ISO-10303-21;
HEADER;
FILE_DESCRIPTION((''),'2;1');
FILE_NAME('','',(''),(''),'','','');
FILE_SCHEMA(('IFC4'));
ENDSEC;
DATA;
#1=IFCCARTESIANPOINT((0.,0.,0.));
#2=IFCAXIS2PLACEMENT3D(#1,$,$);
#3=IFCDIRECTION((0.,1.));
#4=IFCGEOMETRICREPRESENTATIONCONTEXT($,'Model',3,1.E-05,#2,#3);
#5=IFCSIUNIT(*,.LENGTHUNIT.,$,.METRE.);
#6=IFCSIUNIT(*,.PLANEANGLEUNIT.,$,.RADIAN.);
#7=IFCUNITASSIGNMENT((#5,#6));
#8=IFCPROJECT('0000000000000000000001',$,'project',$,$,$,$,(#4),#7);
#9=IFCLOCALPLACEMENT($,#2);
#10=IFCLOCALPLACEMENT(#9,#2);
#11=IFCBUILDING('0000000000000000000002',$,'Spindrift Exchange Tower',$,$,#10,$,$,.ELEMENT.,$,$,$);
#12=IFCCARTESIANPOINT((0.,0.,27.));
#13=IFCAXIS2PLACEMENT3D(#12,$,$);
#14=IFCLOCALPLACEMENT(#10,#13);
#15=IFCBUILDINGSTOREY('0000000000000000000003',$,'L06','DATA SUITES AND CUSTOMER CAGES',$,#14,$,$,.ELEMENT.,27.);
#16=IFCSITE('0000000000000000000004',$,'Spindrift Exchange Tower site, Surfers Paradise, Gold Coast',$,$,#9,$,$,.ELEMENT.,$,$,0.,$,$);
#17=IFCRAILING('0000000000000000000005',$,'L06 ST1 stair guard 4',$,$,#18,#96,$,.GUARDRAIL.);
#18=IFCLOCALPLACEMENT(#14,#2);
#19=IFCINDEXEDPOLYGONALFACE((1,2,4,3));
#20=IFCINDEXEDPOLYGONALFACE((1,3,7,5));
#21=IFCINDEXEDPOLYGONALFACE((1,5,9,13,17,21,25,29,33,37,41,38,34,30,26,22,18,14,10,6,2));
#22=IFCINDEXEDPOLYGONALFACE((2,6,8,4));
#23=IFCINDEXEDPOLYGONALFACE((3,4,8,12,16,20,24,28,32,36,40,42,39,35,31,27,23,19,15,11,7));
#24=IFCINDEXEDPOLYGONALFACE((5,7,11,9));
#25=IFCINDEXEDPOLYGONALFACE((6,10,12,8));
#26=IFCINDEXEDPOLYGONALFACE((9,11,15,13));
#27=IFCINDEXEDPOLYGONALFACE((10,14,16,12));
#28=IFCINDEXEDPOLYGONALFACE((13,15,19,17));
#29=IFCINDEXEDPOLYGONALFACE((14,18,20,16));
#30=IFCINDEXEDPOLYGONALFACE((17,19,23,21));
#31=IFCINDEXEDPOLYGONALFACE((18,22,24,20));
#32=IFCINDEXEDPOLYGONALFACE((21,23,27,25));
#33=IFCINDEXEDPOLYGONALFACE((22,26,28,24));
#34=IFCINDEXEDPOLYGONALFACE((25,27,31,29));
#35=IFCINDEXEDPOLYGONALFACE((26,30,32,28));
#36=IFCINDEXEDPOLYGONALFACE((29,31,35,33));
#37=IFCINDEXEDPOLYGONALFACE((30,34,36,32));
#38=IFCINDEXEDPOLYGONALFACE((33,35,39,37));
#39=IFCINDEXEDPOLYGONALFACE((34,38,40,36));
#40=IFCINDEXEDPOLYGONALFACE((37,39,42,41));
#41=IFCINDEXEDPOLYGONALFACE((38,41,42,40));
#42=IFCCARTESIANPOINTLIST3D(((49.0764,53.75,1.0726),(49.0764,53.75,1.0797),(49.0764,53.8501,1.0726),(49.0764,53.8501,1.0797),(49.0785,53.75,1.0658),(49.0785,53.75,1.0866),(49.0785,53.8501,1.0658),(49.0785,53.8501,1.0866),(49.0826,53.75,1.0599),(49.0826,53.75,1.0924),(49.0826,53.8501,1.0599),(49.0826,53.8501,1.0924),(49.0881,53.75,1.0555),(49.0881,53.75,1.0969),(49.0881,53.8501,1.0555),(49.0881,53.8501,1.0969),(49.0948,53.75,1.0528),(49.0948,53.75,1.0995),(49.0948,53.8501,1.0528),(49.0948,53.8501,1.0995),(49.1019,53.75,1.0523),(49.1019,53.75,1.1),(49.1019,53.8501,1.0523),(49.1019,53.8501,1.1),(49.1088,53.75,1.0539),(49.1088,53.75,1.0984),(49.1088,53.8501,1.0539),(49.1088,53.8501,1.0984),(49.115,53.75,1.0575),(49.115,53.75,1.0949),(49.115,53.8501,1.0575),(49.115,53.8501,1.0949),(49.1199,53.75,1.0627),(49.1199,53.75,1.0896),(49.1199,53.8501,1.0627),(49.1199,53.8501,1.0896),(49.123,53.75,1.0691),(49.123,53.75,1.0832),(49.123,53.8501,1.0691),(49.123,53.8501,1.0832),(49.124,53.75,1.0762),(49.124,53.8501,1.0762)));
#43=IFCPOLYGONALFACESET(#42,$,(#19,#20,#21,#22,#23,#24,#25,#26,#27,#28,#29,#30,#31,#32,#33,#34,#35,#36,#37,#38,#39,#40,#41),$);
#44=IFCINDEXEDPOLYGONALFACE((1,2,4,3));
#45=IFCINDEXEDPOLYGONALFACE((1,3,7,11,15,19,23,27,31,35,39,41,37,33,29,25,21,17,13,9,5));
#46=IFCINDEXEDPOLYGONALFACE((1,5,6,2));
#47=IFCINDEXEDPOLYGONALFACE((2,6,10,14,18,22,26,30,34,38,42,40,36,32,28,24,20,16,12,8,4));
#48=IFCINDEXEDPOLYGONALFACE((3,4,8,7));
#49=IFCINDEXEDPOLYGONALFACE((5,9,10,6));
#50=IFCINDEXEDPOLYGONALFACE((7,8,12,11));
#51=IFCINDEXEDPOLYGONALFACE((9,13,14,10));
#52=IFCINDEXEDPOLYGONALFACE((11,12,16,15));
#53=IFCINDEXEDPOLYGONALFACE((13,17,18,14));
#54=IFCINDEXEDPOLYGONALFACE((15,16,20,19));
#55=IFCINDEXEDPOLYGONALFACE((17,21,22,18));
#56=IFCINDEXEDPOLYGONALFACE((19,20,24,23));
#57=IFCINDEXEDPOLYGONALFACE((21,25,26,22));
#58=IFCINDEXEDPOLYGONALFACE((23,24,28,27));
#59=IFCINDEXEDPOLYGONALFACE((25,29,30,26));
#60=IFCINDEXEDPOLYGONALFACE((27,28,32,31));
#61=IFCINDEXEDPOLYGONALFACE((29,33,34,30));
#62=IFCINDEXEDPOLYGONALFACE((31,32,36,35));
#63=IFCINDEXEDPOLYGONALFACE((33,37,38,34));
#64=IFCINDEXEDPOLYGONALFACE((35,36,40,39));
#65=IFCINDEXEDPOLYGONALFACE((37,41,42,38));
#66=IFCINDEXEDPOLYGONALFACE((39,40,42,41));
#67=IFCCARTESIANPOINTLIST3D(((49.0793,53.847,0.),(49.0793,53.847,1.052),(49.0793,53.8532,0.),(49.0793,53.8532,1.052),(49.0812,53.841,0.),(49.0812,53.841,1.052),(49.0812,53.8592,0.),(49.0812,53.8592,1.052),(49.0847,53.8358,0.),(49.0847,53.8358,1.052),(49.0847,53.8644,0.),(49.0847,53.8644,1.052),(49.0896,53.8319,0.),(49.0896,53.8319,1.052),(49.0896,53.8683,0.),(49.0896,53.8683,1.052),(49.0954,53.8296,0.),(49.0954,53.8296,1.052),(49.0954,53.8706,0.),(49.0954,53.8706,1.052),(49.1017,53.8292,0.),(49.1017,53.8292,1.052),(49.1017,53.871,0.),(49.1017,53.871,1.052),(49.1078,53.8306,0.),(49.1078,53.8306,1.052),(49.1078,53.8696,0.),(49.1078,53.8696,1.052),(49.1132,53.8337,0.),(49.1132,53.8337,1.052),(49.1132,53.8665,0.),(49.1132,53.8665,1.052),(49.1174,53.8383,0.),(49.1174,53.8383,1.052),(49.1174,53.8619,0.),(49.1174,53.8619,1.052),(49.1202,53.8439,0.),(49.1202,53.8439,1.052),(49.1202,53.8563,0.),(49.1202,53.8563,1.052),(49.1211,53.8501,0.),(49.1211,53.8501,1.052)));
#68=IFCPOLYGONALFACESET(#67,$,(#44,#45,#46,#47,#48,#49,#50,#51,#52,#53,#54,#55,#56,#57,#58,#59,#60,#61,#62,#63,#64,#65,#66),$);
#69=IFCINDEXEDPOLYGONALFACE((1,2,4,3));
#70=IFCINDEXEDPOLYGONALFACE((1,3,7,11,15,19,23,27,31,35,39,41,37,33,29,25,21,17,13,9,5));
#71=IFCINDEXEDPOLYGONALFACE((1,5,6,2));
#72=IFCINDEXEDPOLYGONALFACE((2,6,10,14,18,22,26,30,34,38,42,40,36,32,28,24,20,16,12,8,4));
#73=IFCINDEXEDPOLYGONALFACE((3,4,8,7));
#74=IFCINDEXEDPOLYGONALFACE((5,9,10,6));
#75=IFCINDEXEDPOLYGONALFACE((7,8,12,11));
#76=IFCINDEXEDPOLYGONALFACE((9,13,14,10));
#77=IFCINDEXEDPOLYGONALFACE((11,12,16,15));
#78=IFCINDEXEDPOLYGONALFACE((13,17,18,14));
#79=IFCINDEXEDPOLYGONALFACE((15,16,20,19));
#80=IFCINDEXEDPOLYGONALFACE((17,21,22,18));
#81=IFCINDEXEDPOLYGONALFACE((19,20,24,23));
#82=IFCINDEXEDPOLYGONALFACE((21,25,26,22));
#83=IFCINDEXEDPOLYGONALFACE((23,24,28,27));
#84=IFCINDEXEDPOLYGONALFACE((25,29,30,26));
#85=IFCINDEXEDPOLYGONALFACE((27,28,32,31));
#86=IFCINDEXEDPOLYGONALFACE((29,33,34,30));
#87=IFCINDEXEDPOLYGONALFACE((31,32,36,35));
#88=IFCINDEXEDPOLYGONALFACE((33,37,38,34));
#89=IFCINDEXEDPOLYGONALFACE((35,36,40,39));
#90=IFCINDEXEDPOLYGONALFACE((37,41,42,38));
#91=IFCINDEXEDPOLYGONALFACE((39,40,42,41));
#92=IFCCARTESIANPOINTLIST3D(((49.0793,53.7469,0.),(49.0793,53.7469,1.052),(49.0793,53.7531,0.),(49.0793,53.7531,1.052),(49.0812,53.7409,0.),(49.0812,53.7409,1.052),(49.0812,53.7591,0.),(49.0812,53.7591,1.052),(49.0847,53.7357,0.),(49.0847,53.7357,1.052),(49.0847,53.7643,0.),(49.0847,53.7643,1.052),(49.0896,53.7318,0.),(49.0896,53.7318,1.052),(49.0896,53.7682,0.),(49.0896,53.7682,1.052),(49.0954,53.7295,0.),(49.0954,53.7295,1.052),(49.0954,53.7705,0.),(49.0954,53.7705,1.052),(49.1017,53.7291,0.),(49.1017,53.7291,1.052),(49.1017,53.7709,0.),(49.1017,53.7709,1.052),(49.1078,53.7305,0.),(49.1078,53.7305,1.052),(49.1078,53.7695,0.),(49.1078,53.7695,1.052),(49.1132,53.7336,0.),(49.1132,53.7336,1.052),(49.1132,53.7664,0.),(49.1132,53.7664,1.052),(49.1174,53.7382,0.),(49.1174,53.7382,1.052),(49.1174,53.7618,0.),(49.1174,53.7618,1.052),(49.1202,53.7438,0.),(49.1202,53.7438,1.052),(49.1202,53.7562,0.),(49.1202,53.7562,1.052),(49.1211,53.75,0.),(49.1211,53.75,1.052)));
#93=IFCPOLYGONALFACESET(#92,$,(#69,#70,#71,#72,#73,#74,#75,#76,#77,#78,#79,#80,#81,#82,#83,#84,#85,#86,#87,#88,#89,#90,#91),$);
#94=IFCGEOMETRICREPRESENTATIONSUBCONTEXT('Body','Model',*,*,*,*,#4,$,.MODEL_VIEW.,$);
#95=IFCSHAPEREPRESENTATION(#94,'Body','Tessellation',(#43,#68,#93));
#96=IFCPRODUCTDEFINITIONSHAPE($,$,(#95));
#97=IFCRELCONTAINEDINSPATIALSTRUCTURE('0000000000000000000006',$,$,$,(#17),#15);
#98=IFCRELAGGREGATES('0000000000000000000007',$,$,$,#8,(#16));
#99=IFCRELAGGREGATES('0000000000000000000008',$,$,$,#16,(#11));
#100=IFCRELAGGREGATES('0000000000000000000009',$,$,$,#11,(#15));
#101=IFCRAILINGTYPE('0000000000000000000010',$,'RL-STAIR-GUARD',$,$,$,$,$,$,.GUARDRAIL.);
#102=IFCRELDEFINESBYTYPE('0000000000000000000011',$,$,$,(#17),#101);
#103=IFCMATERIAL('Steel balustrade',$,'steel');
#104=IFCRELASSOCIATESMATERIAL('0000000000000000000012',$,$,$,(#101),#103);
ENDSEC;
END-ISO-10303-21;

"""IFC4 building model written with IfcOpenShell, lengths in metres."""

from ifc_helpers import new_model, si_unit, direction, frame, origin, origin_2d, place, context, subcontext, project, spatial, circle, extrude, material, type_object, element, save


model = new_model("IFC4")

# Units and contexts
model_context = context("Model", 3, precision=1e-05, world=origin(), true_north=direction((0.0, 1.0)))
body_context = subcontext(model_context, "Body", "Model", "MODEL_VIEW")
ifc_project = project(units=[si_unit("LENGTHUNIT", "METRE"), si_unit("PLANEANGLEUNIT", "RADIAN")], contexts=[model_context])

# Site, building, storey
site_placement = place(None, origin())
site = spatial("IfcSite", under=ifc_project, at=site_placement, Name="Spindrift Exchange Tower site, Surfers Paradise, Gold Coast", CompositionType="ELEMENT", RefElevation=0.0)
building_placement = place(site_placement, origin())
building = spatial("IfcBuilding", under=site, at=building_placement, Name="Spindrift Exchange Tower", CompositionType="ELEMENT")
storey_placement = place(building_placement, frame((0.0, 0.0, 27.0)))
storey = spatial("IfcBuildingStorey", under=building, at=storey_placement, Name="L06", Description="DATA SUITES AND CUSTOMER CAGES", CompositionType="ELEMENT", Elevation=27.0)

# Railing
ifc_material_1 = material(Name="Steel balustrade", Category="steel")
railing_type_1 = type_object("IfcRailingType", Name="RL-STAIR-GUARD", PredefinedType="GUARDRAIL", material=ifc_material_1)
railing_1_placement = place(storey_placement, frame((49.1001, 53.8501, 0.0)))
element("IfcRailing", 1, at=railing_1_placement, inside=storey, type_object=railing_type_1, Name="L06 ST1 stair guard 4", PredefinedType="GUARDRAIL", context=body_context, shape_type="SweptSolid", body=[
    extrude(circle(Radius=0.0239, at=origin_2d()), frame((0.0, 0.0, 1.0762), z_axis=(0.0, -1.0, 0.0), x_axis=(1.0, 0.0, 0.0)), (0.0, 0.0, 1.0), 0.1001),
    extrude(circle(Radius=0.021, at=origin_2d()), origin(), (0.0, 0.0, 1.0), 1.052),
    extrude(circle(Radius=0.021, at=origin_2d()), frame((0.0, -0.1001, 0.0)), (0.0, 0.0, 1.0), 1.052),
])

save(model, "model.ifc")
